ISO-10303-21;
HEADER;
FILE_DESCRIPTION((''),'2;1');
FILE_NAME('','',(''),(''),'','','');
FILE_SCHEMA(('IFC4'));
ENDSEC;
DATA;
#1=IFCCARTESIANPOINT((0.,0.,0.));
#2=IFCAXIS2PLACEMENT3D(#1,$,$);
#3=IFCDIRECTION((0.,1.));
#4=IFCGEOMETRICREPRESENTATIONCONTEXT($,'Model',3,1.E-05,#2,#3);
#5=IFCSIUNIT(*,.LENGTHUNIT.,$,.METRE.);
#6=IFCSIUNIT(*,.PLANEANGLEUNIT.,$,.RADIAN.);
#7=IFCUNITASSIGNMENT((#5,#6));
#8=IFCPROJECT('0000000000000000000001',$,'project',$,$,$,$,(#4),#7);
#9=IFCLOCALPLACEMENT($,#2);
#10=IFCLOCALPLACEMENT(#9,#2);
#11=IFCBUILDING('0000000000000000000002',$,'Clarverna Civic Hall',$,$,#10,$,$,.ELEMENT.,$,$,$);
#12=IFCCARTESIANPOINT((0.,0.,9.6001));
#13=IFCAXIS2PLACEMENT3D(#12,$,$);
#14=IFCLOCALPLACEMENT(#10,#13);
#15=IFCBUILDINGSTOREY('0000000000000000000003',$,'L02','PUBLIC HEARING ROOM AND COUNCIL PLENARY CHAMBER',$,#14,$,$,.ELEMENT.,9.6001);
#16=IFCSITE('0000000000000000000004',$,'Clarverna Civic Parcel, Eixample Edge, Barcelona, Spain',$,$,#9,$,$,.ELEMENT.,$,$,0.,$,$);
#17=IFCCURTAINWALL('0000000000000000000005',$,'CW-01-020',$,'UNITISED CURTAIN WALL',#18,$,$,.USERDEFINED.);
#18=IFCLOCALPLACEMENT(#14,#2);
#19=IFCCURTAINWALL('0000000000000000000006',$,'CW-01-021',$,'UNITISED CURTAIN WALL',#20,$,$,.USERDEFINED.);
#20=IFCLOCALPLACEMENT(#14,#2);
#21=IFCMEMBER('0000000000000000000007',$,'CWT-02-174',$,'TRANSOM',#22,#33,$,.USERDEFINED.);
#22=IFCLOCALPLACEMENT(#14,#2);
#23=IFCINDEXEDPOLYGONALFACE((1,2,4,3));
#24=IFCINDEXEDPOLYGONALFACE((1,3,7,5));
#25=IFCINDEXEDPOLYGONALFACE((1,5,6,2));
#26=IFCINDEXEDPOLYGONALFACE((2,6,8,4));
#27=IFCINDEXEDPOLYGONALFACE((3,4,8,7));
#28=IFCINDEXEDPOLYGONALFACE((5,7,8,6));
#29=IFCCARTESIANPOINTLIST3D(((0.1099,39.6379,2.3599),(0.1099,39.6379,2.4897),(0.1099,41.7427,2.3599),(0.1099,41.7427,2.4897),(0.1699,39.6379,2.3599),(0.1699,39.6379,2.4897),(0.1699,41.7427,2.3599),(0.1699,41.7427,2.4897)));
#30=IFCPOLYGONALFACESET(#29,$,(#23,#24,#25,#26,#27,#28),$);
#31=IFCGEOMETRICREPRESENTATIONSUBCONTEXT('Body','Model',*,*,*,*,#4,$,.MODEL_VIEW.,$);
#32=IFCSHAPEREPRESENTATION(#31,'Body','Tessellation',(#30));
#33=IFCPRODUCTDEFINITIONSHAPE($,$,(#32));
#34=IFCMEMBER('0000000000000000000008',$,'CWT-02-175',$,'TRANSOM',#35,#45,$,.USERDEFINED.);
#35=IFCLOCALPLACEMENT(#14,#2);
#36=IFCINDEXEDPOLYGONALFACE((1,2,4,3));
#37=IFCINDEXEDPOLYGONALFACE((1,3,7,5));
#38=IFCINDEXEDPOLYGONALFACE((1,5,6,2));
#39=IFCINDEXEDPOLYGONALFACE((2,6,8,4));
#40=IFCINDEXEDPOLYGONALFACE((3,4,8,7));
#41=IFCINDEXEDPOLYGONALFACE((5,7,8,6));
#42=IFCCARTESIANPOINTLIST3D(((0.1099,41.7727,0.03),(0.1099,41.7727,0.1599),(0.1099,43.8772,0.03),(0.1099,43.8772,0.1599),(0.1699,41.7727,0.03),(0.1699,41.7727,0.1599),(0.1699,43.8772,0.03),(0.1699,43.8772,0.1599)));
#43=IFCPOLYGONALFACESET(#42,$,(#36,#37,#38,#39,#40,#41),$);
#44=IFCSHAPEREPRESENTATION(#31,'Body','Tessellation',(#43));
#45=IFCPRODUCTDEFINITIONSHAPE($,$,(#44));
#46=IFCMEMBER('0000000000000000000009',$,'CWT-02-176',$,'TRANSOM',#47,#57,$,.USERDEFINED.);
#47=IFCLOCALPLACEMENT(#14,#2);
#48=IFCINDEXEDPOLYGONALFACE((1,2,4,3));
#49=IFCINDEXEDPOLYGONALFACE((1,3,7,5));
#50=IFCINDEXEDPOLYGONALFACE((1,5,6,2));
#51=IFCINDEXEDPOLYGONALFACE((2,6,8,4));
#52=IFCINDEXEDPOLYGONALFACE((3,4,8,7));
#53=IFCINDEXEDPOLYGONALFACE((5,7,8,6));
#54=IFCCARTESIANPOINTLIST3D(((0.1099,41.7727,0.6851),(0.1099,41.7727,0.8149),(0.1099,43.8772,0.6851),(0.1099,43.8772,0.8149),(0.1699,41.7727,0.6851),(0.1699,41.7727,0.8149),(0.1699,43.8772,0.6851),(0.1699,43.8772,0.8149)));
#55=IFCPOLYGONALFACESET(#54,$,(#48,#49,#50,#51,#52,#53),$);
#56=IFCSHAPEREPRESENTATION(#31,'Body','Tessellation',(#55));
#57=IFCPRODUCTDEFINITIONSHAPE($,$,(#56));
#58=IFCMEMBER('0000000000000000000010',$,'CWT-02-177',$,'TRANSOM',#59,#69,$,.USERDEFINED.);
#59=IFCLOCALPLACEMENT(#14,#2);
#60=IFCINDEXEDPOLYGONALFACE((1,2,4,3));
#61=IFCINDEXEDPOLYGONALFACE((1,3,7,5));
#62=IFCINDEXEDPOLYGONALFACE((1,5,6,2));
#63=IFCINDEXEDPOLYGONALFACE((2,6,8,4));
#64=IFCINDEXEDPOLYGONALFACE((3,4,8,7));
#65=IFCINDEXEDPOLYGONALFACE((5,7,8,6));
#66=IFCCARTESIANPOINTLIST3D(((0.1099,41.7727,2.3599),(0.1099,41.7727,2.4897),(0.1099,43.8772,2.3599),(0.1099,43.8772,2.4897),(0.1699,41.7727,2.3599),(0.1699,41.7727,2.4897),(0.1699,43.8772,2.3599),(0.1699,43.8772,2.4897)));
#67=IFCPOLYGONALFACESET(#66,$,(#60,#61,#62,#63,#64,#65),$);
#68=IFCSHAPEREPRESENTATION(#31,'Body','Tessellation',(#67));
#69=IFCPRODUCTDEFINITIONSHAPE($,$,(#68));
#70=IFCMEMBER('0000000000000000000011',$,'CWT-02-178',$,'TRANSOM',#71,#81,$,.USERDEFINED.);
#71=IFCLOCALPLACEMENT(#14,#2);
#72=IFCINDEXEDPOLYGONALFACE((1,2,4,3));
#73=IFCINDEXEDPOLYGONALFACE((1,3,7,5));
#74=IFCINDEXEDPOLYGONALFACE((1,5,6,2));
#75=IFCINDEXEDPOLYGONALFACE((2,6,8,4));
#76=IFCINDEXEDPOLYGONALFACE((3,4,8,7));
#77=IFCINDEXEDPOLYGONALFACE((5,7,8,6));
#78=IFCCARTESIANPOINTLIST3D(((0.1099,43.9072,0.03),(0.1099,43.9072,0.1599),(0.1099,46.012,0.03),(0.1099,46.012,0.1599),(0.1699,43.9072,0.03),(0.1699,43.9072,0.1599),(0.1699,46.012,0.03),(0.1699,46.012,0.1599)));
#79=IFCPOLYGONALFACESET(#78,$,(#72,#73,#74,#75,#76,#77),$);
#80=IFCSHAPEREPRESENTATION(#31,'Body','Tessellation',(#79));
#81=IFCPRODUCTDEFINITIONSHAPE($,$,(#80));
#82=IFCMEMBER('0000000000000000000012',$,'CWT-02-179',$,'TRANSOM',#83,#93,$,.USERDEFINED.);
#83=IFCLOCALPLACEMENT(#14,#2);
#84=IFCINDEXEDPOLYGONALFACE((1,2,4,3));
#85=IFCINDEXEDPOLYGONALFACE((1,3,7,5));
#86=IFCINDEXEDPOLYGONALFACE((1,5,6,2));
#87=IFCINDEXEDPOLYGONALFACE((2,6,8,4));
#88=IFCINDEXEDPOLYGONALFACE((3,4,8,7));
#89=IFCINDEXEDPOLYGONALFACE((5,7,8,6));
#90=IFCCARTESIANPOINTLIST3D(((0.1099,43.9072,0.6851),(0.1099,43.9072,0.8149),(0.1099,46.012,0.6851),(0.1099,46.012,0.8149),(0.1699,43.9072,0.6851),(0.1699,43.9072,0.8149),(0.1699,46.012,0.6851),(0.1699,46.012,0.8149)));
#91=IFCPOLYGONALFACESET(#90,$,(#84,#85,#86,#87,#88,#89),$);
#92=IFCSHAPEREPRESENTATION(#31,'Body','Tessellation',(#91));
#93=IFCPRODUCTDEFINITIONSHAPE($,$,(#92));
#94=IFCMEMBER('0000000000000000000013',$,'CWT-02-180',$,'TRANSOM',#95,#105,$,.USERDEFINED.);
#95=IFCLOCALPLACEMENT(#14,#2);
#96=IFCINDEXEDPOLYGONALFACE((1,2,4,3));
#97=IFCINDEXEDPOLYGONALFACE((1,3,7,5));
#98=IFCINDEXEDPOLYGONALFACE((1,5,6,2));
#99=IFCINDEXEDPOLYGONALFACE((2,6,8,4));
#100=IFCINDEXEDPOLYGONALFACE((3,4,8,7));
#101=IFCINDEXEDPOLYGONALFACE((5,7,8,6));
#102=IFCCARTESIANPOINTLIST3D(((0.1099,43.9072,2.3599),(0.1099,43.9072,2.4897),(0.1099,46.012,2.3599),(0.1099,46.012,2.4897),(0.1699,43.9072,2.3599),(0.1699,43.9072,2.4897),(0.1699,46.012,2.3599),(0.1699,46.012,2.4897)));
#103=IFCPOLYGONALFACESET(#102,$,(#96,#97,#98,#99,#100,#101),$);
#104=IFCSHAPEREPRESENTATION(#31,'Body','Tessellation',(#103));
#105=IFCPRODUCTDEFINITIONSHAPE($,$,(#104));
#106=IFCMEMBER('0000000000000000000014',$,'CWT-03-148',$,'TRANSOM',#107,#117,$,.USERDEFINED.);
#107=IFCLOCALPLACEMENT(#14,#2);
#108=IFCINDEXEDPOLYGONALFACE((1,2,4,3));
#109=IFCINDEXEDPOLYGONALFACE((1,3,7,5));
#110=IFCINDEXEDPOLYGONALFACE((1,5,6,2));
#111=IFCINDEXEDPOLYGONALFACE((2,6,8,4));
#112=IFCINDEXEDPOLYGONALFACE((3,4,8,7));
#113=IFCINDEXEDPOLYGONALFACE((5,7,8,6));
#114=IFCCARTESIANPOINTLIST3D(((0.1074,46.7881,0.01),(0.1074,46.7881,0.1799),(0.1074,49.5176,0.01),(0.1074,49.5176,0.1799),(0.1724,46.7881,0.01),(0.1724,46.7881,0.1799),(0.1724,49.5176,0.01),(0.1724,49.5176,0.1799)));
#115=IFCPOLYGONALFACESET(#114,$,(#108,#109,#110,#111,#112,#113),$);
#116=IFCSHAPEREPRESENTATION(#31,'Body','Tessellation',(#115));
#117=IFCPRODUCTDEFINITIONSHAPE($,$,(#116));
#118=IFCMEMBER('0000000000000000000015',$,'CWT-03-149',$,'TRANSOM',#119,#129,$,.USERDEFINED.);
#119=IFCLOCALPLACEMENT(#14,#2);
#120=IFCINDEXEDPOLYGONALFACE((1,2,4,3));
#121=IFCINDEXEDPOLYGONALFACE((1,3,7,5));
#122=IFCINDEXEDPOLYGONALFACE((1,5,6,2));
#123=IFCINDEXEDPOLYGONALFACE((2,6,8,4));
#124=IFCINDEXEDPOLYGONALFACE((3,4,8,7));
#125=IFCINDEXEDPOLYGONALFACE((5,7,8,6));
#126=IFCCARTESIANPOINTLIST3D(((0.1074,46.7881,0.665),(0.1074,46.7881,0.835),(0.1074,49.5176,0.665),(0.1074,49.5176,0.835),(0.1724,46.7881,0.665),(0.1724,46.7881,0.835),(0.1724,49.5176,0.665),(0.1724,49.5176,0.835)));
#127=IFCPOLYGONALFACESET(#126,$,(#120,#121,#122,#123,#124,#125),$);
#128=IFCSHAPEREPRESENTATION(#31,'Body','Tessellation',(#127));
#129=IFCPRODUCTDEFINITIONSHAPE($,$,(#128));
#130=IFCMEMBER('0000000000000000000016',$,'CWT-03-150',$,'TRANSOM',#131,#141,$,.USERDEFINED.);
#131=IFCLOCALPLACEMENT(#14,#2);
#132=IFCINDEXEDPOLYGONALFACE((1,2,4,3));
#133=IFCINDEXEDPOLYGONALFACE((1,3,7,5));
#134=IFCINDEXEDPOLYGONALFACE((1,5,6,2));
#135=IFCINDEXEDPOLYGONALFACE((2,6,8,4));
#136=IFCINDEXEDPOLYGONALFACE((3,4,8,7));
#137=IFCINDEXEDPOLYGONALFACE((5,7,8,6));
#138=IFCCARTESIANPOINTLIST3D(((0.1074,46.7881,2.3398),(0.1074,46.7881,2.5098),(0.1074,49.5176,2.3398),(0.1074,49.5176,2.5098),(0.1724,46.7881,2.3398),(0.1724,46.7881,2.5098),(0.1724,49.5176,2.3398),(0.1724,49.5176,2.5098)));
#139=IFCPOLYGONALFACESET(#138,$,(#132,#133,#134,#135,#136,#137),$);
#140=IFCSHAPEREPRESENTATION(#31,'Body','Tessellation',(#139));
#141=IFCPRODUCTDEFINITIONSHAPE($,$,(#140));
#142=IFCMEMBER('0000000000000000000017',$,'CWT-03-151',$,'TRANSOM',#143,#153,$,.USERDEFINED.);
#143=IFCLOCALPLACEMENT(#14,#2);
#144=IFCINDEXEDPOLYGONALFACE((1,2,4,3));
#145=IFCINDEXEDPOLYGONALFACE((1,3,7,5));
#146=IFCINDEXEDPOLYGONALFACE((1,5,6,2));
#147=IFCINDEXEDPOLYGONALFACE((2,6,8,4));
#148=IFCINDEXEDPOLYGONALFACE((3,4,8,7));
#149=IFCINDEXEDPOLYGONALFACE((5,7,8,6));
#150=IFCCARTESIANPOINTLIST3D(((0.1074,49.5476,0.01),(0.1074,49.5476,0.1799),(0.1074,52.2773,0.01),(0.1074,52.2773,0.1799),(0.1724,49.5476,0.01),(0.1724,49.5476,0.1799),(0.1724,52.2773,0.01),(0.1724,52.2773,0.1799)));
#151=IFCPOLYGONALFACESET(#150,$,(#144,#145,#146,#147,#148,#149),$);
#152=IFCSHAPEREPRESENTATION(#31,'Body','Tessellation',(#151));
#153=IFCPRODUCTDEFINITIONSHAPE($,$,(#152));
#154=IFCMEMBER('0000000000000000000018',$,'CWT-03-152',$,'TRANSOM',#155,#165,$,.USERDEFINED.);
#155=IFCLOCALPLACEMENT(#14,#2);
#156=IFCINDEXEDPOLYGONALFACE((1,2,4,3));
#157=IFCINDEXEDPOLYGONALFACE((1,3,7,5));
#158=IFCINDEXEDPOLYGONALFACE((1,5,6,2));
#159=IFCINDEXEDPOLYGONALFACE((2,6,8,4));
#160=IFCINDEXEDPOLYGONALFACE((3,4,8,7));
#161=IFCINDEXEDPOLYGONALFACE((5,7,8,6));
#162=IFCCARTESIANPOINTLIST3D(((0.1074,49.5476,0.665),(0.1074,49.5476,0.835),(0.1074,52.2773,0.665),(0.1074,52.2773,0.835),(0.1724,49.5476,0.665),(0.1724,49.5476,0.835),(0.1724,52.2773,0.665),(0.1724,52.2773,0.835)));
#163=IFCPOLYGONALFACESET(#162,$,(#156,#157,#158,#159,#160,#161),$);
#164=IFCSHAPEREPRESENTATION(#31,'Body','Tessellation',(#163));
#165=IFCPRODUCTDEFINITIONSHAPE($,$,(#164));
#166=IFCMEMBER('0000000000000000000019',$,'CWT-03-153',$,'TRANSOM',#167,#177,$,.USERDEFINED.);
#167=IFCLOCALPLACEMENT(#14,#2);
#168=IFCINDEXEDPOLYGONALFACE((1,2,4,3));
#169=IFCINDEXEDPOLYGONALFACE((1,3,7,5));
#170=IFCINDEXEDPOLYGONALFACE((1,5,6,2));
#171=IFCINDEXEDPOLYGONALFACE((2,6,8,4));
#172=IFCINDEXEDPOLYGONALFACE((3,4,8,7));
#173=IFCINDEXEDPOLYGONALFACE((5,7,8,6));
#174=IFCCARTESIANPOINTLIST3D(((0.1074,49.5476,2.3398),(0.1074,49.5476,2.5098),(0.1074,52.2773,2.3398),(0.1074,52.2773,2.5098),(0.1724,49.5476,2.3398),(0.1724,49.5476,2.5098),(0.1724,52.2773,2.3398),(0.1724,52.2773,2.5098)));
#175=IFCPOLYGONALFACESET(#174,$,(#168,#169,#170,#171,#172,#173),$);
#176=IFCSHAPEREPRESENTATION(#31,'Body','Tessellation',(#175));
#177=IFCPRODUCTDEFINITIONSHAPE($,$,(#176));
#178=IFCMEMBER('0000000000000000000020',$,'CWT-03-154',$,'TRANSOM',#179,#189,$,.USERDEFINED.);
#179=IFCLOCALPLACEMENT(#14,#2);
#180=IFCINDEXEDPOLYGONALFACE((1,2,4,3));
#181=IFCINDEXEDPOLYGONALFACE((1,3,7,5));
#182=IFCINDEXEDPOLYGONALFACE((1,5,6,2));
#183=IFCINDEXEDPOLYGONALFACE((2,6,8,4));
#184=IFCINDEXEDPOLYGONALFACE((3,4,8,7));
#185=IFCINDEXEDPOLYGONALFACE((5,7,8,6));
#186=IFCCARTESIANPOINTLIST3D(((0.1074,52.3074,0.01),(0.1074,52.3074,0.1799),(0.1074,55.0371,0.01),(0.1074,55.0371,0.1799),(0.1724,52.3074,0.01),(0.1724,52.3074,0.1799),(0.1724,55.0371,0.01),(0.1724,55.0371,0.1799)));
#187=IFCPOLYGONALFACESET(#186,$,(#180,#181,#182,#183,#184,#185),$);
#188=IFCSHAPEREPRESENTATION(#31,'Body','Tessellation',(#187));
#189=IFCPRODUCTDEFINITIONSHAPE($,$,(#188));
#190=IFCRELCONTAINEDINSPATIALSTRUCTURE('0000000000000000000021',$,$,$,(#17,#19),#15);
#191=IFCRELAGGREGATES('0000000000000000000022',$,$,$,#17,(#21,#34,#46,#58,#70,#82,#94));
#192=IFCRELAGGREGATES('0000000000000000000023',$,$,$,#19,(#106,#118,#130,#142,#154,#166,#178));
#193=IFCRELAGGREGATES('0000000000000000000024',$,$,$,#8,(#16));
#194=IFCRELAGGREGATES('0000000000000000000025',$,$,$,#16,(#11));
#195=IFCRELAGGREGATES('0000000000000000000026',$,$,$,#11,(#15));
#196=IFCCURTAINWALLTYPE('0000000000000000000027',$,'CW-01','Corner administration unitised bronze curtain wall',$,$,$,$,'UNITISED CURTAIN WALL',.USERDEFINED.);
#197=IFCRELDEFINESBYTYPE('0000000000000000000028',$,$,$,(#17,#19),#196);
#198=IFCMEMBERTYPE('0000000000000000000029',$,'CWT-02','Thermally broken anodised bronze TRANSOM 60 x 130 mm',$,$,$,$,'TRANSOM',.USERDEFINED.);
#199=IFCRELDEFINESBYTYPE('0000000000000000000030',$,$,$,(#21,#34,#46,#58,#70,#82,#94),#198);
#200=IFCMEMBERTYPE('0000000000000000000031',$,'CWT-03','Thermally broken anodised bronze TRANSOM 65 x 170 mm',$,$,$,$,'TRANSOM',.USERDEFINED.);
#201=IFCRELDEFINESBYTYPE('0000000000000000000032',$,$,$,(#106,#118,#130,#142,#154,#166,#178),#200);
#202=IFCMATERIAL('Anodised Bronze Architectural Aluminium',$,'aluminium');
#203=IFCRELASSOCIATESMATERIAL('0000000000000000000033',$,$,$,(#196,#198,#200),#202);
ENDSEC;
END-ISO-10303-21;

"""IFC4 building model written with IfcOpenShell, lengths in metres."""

from ifc_helpers import new_model, si_unit, direction, frame, origin, origin_2d, place, context, subcontext, project, spatial, rectangle, extrude, material, material_profile, profile_set, type_object, element, aggregate, save


model = new_model("IFC4")

# Units and contexts
model_context = context("Model", 3, precision=1e-05, world=origin(), true_north=direction((0.0, 1.0)))
body_context = subcontext(model_context, "Body", "Model", "MODEL_VIEW")
ifc_project = project(units=[si_unit("LENGTHUNIT", "METRE"), si_unit("PLANEANGLEUNIT", "RADIAN")], contexts=[model_context])

# Site, building, storey
site_placement = place(None, origin())
site = spatial("IfcSite", under=ifc_project, at=site_placement, Name="Clarverna Civic Parcel, Eixample Edge, Barcelona, Spain", CompositionType="ELEMENT", RefElevation=0.0)
building_placement = place(site_placement, origin())
building = spatial("IfcBuilding", under=site, at=building_placement, Name="Clarverna Civic Hall", CompositionType="ELEMENT")
storey_placement = place(building_placement, frame((0.0, 0.0, 9.6001)))
storey = spatial("IfcBuildingStorey", under=building, at=storey_placement, Name="L02", Description="PUBLIC HEARING ROOM AND COUNCIL PLENARY CHAMBER", CompositionType="ELEMENT", Elevation=9.6001)

# Curtain walls
ifc_material_1 = material(Name="Anodised Bronze Architectural Aluminium", Category="aluminium")
curtain_wall_type = type_object("IfcCurtainWallType", Name="CW-01", Description="Corner administration unitised bronze curtain wall", ElementType="UNITISED CURTAIN WALL", PredefinedType="USERDEFINED", material=ifc_material_1)
curtain_wall_1_placement = place(storey_placement, origin())
curtain_wall_1 = element("IfcCurtainWall", 1, at=curtain_wall_1_placement, inside=storey, type_object=curtain_wall_type, Name="CW-01-020", ObjectType="UNITISED CURTAIN WALL", PredefinedType="USERDEFINED")
curtain_wall_2_placement = place(storey_placement, origin())
curtain_wall_2 = element("IfcCurtainWall", 2, at=curtain_wall_2_placement, inside=storey, type_object=curtain_wall_type, Name="CW-01-021", ObjectType="UNITISED CURTAIN WALL", PredefinedType="USERDEFINED")

# Members
ifc_material_profile_1 = material_profile(ifc_material_1, rectangle(XDim=0.0601, YDim=0.1299, at=origin_2d()), Name="BRONZE 60x130")
ifc_profile_set_1 = profile_set([ifc_material_profile_1], Name="Anodised Bronze Architectural Aluminium")
member_type_1 = type_object("IfcMemberType", Name="CWT-02", Description="Thermally broken anodised bronze TRANSOM 60 x 130 mm", ElementType="TRANSOM", PredefinedType="USERDEFINED", material=ifc_profile_set_1)
member_1_placement = place(storey_placement, frame((0.1399, 39.6379, 2.4248), z_axis=(0.0, 1.0, 0.0), x_axis=(-1.0, 0.0, 0.0)))
member_1 = element("IfcMember", 3, at=member_1_placement, type_object=member_type_1, Name="CWT-02-174", ObjectType="TRANSOM", PredefinedType="USERDEFINED", context=body_context, shape_type="SweptSolid", body=[
    extrude(rectangle(XDim=0.0601, YDim=0.1299, at=origin_2d()), origin(), (0.0, 0.0, 1.0), 2.1047),
])
member_2_placement = place(storey_placement, frame((0.1399, 41.7727, 0.095), z_axis=(0.0, 1.0, 0.0), x_axis=(-1.0, 0.0, 0.0)))
member_2 = element("IfcMember", 4, at=member_2_placement, type_object=member_type_1, Name="CWT-02-175", ObjectType="TRANSOM", PredefinedType="USERDEFINED", context=body_context, shape_type="SweptSolid", body=[
    extrude(rectangle(XDim=0.0601, YDim=0.1299, at=origin_2d()), origin(), (0.0, 0.0, 1.0), 2.1045),
])
member_3_placement = place(storey_placement, frame((0.1399, 41.7727, 0.75), z_axis=(0.0, 1.0, 0.0), x_axis=(-1.0, 0.0, 0.0)))
member_3 = element("IfcMember", 5, at=member_3_placement, type_object=member_type_1, Name="CWT-02-176", ObjectType="TRANSOM", PredefinedType="USERDEFINED", context=body_context, shape_type="SweptSolid", body=[
    extrude(rectangle(XDim=0.0601, YDim=0.1299, at=origin_2d()), origin(), (0.0, 0.0, 1.0), 2.1045),
])
member_4_placement = place(storey_placement, frame((0.1399, 41.7727, 2.4248), z_axis=(0.0, 1.0, 0.0), x_axis=(-1.0, 0.0, 0.0)))
member_4 = element("IfcMember", 6, at=member_4_placement, type_object=member_type_1, Name="CWT-02-177", ObjectType="TRANSOM", PredefinedType="USERDEFINED", context=body_context, shape_type="SweptSolid", body=[
    extrude(rectangle(XDim=0.0601, YDim=0.1299, at=origin_2d()), origin(), (0.0, 0.0, 1.0), 2.1045),
])
member_5_placement = place(storey_placement, frame((0.1399, 43.9072, 0.095), z_axis=(0.0, 1.0, 0.0), x_axis=(-1.0, 0.0, 0.0)))
member_5 = element("IfcMember", 7, at=member_5_placement, type_object=member_type_1, Name="CWT-02-178", ObjectType="TRANSOM", PredefinedType="USERDEFINED", context=body_context, shape_type="SweptSolid", body=[
    extrude(rectangle(XDim=0.0601, YDim=0.1299, at=origin_2d()), origin(), (0.0, 0.0, 1.0), 2.1047),
])
member_6_placement = place(storey_placement, frame((0.1399, 43.9072, 0.75), z_axis=(0.0, 1.0, 0.0), x_axis=(-1.0, 0.0, 0.0)))
member_6 = element("IfcMember", 8, at=member_6_placement, type_object=member_type_1, Name="CWT-02-179", ObjectType="TRANSOM", PredefinedType="USERDEFINED", context=body_context, shape_type="SweptSolid", body=[
    extrude(rectangle(XDim=0.0601, YDim=0.1299, at=origin_2d()), origin(), (0.0, 0.0, 1.0), 2.1047),
])
member_7_placement = place(storey_placement, frame((0.1399, 43.9072, 2.4248), z_axis=(0.0, 1.0, 0.0), x_axis=(-1.0, 0.0, 0.0)))
member_7 = element("IfcMember", 9, at=member_7_placement, type_object=member_type_1, Name="CWT-02-180", ObjectType="TRANSOM", PredefinedType="USERDEFINED", context=body_context, shape_type="SweptSolid", body=[
    extrude(rectangle(XDim=0.0601, YDim=0.1299, at=origin_2d()), origin(), (0.0, 0.0, 1.0), 2.1047),
])
ifc_material_profile_2 = material_profile(ifc_material_1, rectangle(XDim=0.0649, YDim=0.1699, at=origin_2d()), Name="BRONZE 65x170")
ifc_profile_set_2 = profile_set([ifc_material_profile_2], Name="Anodised Bronze Architectural Aluminium")
member_type_2 = type_object("IfcMemberType", Name="CWT-03", Description="Thermally broken anodised bronze TRANSOM 65 x 170 mm", ElementType="TRANSOM", PredefinedType="USERDEFINED", material=ifc_profile_set_2)
member_8_placement = place(storey_placement, frame((0.1399, 46.7881, 0.095), z_axis=(0.0, 1.0, 0.0), x_axis=(-1.0, 0.0, 0.0)))
member_8 = element("IfcMember", 10, at=member_8_placement, type_object=member_type_2, Name="CWT-03-148", ObjectType="TRANSOM", PredefinedType="USERDEFINED", context=body_context, shape_type="SweptSolid", body=[
    extrude(rectangle(XDim=0.0649, YDim=0.1699, at=origin_2d()), origin(), (0.0, 0.0, 1.0), 2.7295),
])
member_9_placement = place(storey_placement, frame((0.1399, 46.7881, 0.75), z_axis=(0.0, 1.0, 0.0), x_axis=(-1.0, 0.0, 0.0)))
member_9 = element("IfcMember", 11, at=member_9_placement, type_object=member_type_2, Name="CWT-03-149", ObjectType="TRANSOM", PredefinedType="USERDEFINED", context=body_context, shape_type="SweptSolid", body=[
    extrude(rectangle(XDim=0.0649, YDim=0.1699, at=origin_2d()), origin(), (0.0, 0.0, 1.0), 2.7295),
])
member_10_placement = place(storey_placement, frame((0.1399, 46.7881, 2.4248), z_axis=(0.0, 1.0, 0.0), x_axis=(-1.0, 0.0, 0.0)))
member_10 = element("IfcMember", 12, at=member_10_placement, type_object=member_type_2, Name="CWT-03-150", ObjectType="TRANSOM", PredefinedType="USERDEFINED", context=body_context, shape_type="SweptSolid", body=[
    extrude(rectangle(XDim=0.0649, YDim=0.1699, at=origin_2d()), origin(), (0.0, 0.0, 1.0), 2.7295),
])
member_11_placement = place(storey_placement, frame((0.1399, 49.5476, 0.095), z_axis=(0.0, 1.0, 0.0), x_axis=(-1.0, 0.0, 0.0)))
member_11 = element("IfcMember", 13, at=member_11_placement, type_object=member_type_2, Name="CWT-03-151", ObjectType="TRANSOM", PredefinedType="USERDEFINED", context=body_context, shape_type="SweptSolid", body=[
    extrude(rectangle(XDim=0.0649, YDim=0.1699, at=origin_2d()), origin(), (0.0, 0.0, 1.0), 2.7297),
])
member_12_placement = place(storey_placement, frame((0.1399, 49.5476, 0.75), z_axis=(0.0, 1.0, 0.0), x_axis=(-1.0, 0.0, 0.0)))
member_12 = element("IfcMember", 14, at=member_12_placement, type_object=member_type_2, Name="CWT-03-152", ObjectType="TRANSOM", PredefinedType="USERDEFINED", context=body_context, shape_type="SweptSolid", body=[
    extrude(rectangle(XDim=0.0649, YDim=0.1699, at=origin_2d()), origin(), (0.0, 0.0, 1.0), 2.7297),
])
member_13_placement = place(storey_placement, frame((0.1399, 49.5476, 2.4248), z_axis=(0.0, 1.0, 0.0), x_axis=(-1.0, 0.0, 0.0)))
member_13 = element("IfcMember", 15, at=member_13_placement, type_object=member_type_2, Name="CWT-03-153", ObjectType="TRANSOM", PredefinedType="USERDEFINED", context=body_context, shape_type="SweptSolid", body=[
    extrude(rectangle(XDim=0.0649, YDim=0.1699, at=origin_2d()), origin(), (0.0, 0.0, 1.0), 2.7297),
])
member_14_placement = place(storey_placement, frame((0.1399, 52.3074, 0.095), z_axis=(0.0, 1.0, 0.0), x_axis=(-1.0, 0.0, 0.0)))
member_14 = element("IfcMember", 16, at=member_14_placement, type_object=member_type_2, Name="CWT-03-154", ObjectType="TRANSOM", PredefinedType="USERDEFINED", context=body_context, shape_type="SweptSolid", body=[
    extrude(rectangle(XDim=0.0649, YDim=0.1699, at=origin_2d()), origin(), (0.0, 0.0, 1.0), 2.7297),
])

aggregate(curtain_wall_1, [member_1, member_2, member_3, member_4, member_5, member_6, member_7])
aggregate(curtain_wall_2, [member_8, member_9, member_10, member_11, member_12, member_13, member_14])

save(model, "model.ifc")
